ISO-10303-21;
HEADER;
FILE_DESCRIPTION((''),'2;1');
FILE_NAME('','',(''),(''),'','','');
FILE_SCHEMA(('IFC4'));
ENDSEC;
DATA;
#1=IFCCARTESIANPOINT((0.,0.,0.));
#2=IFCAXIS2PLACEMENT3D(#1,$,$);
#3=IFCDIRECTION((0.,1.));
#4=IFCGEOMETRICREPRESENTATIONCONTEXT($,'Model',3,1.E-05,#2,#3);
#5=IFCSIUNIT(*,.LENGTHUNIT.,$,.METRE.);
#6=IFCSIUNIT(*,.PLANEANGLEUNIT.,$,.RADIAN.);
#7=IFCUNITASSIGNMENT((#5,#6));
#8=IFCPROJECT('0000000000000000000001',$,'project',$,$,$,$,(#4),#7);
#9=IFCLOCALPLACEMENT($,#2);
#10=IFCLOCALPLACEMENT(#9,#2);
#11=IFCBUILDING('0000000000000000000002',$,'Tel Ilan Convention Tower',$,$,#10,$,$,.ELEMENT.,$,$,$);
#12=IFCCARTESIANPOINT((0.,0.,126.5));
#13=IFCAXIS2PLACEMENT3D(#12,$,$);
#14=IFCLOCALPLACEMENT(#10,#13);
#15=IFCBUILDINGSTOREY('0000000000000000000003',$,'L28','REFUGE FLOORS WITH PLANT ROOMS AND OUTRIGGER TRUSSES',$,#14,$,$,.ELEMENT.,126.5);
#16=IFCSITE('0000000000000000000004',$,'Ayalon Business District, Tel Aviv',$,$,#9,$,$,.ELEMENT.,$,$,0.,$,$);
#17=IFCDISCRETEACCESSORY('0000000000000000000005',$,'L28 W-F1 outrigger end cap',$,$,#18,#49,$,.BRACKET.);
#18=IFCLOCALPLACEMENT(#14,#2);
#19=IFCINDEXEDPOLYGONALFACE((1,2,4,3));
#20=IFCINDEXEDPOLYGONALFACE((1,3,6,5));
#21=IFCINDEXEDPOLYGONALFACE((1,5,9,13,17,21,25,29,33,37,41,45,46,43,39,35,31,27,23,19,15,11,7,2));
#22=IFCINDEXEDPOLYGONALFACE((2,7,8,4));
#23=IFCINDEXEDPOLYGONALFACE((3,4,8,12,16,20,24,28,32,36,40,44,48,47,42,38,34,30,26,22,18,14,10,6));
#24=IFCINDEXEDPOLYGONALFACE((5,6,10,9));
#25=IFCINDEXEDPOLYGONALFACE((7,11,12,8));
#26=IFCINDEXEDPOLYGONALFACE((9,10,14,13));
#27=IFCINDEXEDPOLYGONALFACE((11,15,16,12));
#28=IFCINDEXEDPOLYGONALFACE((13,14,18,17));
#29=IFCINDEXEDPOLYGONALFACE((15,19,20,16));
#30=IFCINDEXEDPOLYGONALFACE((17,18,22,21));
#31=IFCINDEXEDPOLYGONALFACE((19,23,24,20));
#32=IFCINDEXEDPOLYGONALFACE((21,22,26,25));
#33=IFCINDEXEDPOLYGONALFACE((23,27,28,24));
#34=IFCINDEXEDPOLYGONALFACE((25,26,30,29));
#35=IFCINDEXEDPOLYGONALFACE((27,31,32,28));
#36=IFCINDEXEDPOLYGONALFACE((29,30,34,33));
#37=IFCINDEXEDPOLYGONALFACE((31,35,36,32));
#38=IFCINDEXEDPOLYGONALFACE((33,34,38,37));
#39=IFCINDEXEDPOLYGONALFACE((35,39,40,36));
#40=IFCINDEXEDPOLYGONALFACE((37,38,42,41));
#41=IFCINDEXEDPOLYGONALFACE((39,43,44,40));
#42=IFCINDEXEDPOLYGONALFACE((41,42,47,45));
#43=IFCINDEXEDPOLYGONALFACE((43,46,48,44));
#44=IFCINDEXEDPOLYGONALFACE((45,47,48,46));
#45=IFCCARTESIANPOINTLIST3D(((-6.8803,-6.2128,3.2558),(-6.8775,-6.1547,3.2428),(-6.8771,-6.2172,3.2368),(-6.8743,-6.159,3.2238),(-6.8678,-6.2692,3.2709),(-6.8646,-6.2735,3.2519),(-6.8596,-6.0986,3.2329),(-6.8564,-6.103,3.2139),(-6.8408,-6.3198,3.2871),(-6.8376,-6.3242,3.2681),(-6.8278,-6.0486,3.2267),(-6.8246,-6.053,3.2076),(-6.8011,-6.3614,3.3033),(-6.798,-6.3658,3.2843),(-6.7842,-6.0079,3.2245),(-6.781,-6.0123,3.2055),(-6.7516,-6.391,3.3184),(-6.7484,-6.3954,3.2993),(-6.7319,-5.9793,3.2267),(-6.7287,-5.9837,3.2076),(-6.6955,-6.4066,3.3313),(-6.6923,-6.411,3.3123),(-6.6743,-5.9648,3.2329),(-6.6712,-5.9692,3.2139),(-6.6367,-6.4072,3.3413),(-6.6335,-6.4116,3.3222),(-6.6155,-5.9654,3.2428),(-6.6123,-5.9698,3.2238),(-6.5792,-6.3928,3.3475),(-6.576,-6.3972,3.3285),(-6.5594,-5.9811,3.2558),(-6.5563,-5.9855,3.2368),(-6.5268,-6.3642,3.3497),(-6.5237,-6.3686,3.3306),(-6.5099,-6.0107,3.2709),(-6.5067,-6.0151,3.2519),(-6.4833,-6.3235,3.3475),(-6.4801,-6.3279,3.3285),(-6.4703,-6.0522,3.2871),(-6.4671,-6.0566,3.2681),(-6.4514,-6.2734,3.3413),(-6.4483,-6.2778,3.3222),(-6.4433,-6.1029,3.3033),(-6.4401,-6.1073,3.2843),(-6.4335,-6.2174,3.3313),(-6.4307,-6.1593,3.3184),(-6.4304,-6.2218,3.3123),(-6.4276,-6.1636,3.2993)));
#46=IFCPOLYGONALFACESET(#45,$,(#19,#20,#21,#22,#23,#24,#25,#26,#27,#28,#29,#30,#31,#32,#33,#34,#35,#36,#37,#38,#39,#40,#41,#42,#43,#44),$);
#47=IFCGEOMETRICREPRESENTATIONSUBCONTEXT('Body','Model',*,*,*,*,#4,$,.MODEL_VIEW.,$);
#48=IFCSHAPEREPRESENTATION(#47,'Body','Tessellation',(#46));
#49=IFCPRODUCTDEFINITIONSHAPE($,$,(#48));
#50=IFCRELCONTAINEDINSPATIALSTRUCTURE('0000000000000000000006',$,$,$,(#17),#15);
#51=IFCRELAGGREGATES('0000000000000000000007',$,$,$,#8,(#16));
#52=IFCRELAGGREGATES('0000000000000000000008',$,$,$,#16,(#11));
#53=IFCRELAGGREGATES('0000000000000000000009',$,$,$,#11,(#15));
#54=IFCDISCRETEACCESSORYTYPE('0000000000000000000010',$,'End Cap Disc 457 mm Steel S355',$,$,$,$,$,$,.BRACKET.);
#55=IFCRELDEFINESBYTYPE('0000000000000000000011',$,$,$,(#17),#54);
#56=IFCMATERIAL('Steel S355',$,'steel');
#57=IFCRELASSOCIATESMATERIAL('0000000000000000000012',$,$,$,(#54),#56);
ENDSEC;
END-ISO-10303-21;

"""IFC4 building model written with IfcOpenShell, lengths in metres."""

from ifc_helpers import new_model, si_unit, direction, frame, origin, origin_2d, place, context, subcontext, project, spatial, circle, extrude, material, material_profile, profile_set, type_object, element, save


model = new_model("IFC4")

# Units and contexts
model_context = context("Model", 3, precision=1e-05, world=origin(), true_north=direction((0.0, 1.0)))
body_context = subcontext(model_context, "Body", "Model", "MODEL_VIEW")
ifc_project = project(units=[si_unit("LENGTHUNIT", "METRE"), si_unit("PLANEANGLEUNIT", "RADIAN")], contexts=[model_context])

# Site, building, storey
site_placement = place(None, origin())
site = spatial("IfcSite", under=ifc_project, at=site_placement, Name="Ayalon Business District, Tel Aviv", CompositionType="ELEMENT", RefElevation=0.0)
building_placement = place(site_placement, origin())
building = spatial("IfcBuilding", under=site, at=building_placement, Name="Tel Ilan Convention Tower", CompositionType="ELEMENT")
storey_placement = place(building_placement, frame((0.0, 0.0, 126.5)))
storey = spatial("IfcBuildingStorey", under=building, at=storey_placement, Name="L28", Description="REFUGE FLOORS WITH PLANT ROOMS AND OUTRIGGER TRUSSES", CompositionType="ELEMENT", Elevation=126.5)

# Discrete accessory
ifc_material_1 = material(Name="Steel S355", Category="steel")
ifc_material_profile = material_profile(ifc_material_1, circle(Radius=0.2285, at=origin_2d()), Name="End Cap Disc 457 mm Steel S355")
ifc_profile_set = profile_set([ifc_material_profile], Name="Steel S355")
discrete_accessory_type_1 = type_object("IfcDiscreteAccessoryType", Name="End Cap Disc 457 mm Steel S355", PredefinedType="BRACKET", material=ifc_profile_set)
discrete_accessory_1_placement = place(storey_placement, frame((-6.6523, -6.1904, 3.2681), z_axis=(-0.160298, 0.221952, 0.961791), x_axis=(-0.810679, -0.585491, 0.0)))
element("IfcDiscreteAccessory", 1, at=discrete_accessory_1_placement, inside=storey, type_object=discrete_accessory_type_1, Name="L28 W-F1 outrigger end cap", PredefinedType="BRACKET", context=body_context, shape_type="SweptSolid", body=[
    extrude(circle(Radius=0.2285, at=origin_2d()), origin(), (0.0, 0.0, 1.0), 0.0198),
])

save(model, "model.ifc")
